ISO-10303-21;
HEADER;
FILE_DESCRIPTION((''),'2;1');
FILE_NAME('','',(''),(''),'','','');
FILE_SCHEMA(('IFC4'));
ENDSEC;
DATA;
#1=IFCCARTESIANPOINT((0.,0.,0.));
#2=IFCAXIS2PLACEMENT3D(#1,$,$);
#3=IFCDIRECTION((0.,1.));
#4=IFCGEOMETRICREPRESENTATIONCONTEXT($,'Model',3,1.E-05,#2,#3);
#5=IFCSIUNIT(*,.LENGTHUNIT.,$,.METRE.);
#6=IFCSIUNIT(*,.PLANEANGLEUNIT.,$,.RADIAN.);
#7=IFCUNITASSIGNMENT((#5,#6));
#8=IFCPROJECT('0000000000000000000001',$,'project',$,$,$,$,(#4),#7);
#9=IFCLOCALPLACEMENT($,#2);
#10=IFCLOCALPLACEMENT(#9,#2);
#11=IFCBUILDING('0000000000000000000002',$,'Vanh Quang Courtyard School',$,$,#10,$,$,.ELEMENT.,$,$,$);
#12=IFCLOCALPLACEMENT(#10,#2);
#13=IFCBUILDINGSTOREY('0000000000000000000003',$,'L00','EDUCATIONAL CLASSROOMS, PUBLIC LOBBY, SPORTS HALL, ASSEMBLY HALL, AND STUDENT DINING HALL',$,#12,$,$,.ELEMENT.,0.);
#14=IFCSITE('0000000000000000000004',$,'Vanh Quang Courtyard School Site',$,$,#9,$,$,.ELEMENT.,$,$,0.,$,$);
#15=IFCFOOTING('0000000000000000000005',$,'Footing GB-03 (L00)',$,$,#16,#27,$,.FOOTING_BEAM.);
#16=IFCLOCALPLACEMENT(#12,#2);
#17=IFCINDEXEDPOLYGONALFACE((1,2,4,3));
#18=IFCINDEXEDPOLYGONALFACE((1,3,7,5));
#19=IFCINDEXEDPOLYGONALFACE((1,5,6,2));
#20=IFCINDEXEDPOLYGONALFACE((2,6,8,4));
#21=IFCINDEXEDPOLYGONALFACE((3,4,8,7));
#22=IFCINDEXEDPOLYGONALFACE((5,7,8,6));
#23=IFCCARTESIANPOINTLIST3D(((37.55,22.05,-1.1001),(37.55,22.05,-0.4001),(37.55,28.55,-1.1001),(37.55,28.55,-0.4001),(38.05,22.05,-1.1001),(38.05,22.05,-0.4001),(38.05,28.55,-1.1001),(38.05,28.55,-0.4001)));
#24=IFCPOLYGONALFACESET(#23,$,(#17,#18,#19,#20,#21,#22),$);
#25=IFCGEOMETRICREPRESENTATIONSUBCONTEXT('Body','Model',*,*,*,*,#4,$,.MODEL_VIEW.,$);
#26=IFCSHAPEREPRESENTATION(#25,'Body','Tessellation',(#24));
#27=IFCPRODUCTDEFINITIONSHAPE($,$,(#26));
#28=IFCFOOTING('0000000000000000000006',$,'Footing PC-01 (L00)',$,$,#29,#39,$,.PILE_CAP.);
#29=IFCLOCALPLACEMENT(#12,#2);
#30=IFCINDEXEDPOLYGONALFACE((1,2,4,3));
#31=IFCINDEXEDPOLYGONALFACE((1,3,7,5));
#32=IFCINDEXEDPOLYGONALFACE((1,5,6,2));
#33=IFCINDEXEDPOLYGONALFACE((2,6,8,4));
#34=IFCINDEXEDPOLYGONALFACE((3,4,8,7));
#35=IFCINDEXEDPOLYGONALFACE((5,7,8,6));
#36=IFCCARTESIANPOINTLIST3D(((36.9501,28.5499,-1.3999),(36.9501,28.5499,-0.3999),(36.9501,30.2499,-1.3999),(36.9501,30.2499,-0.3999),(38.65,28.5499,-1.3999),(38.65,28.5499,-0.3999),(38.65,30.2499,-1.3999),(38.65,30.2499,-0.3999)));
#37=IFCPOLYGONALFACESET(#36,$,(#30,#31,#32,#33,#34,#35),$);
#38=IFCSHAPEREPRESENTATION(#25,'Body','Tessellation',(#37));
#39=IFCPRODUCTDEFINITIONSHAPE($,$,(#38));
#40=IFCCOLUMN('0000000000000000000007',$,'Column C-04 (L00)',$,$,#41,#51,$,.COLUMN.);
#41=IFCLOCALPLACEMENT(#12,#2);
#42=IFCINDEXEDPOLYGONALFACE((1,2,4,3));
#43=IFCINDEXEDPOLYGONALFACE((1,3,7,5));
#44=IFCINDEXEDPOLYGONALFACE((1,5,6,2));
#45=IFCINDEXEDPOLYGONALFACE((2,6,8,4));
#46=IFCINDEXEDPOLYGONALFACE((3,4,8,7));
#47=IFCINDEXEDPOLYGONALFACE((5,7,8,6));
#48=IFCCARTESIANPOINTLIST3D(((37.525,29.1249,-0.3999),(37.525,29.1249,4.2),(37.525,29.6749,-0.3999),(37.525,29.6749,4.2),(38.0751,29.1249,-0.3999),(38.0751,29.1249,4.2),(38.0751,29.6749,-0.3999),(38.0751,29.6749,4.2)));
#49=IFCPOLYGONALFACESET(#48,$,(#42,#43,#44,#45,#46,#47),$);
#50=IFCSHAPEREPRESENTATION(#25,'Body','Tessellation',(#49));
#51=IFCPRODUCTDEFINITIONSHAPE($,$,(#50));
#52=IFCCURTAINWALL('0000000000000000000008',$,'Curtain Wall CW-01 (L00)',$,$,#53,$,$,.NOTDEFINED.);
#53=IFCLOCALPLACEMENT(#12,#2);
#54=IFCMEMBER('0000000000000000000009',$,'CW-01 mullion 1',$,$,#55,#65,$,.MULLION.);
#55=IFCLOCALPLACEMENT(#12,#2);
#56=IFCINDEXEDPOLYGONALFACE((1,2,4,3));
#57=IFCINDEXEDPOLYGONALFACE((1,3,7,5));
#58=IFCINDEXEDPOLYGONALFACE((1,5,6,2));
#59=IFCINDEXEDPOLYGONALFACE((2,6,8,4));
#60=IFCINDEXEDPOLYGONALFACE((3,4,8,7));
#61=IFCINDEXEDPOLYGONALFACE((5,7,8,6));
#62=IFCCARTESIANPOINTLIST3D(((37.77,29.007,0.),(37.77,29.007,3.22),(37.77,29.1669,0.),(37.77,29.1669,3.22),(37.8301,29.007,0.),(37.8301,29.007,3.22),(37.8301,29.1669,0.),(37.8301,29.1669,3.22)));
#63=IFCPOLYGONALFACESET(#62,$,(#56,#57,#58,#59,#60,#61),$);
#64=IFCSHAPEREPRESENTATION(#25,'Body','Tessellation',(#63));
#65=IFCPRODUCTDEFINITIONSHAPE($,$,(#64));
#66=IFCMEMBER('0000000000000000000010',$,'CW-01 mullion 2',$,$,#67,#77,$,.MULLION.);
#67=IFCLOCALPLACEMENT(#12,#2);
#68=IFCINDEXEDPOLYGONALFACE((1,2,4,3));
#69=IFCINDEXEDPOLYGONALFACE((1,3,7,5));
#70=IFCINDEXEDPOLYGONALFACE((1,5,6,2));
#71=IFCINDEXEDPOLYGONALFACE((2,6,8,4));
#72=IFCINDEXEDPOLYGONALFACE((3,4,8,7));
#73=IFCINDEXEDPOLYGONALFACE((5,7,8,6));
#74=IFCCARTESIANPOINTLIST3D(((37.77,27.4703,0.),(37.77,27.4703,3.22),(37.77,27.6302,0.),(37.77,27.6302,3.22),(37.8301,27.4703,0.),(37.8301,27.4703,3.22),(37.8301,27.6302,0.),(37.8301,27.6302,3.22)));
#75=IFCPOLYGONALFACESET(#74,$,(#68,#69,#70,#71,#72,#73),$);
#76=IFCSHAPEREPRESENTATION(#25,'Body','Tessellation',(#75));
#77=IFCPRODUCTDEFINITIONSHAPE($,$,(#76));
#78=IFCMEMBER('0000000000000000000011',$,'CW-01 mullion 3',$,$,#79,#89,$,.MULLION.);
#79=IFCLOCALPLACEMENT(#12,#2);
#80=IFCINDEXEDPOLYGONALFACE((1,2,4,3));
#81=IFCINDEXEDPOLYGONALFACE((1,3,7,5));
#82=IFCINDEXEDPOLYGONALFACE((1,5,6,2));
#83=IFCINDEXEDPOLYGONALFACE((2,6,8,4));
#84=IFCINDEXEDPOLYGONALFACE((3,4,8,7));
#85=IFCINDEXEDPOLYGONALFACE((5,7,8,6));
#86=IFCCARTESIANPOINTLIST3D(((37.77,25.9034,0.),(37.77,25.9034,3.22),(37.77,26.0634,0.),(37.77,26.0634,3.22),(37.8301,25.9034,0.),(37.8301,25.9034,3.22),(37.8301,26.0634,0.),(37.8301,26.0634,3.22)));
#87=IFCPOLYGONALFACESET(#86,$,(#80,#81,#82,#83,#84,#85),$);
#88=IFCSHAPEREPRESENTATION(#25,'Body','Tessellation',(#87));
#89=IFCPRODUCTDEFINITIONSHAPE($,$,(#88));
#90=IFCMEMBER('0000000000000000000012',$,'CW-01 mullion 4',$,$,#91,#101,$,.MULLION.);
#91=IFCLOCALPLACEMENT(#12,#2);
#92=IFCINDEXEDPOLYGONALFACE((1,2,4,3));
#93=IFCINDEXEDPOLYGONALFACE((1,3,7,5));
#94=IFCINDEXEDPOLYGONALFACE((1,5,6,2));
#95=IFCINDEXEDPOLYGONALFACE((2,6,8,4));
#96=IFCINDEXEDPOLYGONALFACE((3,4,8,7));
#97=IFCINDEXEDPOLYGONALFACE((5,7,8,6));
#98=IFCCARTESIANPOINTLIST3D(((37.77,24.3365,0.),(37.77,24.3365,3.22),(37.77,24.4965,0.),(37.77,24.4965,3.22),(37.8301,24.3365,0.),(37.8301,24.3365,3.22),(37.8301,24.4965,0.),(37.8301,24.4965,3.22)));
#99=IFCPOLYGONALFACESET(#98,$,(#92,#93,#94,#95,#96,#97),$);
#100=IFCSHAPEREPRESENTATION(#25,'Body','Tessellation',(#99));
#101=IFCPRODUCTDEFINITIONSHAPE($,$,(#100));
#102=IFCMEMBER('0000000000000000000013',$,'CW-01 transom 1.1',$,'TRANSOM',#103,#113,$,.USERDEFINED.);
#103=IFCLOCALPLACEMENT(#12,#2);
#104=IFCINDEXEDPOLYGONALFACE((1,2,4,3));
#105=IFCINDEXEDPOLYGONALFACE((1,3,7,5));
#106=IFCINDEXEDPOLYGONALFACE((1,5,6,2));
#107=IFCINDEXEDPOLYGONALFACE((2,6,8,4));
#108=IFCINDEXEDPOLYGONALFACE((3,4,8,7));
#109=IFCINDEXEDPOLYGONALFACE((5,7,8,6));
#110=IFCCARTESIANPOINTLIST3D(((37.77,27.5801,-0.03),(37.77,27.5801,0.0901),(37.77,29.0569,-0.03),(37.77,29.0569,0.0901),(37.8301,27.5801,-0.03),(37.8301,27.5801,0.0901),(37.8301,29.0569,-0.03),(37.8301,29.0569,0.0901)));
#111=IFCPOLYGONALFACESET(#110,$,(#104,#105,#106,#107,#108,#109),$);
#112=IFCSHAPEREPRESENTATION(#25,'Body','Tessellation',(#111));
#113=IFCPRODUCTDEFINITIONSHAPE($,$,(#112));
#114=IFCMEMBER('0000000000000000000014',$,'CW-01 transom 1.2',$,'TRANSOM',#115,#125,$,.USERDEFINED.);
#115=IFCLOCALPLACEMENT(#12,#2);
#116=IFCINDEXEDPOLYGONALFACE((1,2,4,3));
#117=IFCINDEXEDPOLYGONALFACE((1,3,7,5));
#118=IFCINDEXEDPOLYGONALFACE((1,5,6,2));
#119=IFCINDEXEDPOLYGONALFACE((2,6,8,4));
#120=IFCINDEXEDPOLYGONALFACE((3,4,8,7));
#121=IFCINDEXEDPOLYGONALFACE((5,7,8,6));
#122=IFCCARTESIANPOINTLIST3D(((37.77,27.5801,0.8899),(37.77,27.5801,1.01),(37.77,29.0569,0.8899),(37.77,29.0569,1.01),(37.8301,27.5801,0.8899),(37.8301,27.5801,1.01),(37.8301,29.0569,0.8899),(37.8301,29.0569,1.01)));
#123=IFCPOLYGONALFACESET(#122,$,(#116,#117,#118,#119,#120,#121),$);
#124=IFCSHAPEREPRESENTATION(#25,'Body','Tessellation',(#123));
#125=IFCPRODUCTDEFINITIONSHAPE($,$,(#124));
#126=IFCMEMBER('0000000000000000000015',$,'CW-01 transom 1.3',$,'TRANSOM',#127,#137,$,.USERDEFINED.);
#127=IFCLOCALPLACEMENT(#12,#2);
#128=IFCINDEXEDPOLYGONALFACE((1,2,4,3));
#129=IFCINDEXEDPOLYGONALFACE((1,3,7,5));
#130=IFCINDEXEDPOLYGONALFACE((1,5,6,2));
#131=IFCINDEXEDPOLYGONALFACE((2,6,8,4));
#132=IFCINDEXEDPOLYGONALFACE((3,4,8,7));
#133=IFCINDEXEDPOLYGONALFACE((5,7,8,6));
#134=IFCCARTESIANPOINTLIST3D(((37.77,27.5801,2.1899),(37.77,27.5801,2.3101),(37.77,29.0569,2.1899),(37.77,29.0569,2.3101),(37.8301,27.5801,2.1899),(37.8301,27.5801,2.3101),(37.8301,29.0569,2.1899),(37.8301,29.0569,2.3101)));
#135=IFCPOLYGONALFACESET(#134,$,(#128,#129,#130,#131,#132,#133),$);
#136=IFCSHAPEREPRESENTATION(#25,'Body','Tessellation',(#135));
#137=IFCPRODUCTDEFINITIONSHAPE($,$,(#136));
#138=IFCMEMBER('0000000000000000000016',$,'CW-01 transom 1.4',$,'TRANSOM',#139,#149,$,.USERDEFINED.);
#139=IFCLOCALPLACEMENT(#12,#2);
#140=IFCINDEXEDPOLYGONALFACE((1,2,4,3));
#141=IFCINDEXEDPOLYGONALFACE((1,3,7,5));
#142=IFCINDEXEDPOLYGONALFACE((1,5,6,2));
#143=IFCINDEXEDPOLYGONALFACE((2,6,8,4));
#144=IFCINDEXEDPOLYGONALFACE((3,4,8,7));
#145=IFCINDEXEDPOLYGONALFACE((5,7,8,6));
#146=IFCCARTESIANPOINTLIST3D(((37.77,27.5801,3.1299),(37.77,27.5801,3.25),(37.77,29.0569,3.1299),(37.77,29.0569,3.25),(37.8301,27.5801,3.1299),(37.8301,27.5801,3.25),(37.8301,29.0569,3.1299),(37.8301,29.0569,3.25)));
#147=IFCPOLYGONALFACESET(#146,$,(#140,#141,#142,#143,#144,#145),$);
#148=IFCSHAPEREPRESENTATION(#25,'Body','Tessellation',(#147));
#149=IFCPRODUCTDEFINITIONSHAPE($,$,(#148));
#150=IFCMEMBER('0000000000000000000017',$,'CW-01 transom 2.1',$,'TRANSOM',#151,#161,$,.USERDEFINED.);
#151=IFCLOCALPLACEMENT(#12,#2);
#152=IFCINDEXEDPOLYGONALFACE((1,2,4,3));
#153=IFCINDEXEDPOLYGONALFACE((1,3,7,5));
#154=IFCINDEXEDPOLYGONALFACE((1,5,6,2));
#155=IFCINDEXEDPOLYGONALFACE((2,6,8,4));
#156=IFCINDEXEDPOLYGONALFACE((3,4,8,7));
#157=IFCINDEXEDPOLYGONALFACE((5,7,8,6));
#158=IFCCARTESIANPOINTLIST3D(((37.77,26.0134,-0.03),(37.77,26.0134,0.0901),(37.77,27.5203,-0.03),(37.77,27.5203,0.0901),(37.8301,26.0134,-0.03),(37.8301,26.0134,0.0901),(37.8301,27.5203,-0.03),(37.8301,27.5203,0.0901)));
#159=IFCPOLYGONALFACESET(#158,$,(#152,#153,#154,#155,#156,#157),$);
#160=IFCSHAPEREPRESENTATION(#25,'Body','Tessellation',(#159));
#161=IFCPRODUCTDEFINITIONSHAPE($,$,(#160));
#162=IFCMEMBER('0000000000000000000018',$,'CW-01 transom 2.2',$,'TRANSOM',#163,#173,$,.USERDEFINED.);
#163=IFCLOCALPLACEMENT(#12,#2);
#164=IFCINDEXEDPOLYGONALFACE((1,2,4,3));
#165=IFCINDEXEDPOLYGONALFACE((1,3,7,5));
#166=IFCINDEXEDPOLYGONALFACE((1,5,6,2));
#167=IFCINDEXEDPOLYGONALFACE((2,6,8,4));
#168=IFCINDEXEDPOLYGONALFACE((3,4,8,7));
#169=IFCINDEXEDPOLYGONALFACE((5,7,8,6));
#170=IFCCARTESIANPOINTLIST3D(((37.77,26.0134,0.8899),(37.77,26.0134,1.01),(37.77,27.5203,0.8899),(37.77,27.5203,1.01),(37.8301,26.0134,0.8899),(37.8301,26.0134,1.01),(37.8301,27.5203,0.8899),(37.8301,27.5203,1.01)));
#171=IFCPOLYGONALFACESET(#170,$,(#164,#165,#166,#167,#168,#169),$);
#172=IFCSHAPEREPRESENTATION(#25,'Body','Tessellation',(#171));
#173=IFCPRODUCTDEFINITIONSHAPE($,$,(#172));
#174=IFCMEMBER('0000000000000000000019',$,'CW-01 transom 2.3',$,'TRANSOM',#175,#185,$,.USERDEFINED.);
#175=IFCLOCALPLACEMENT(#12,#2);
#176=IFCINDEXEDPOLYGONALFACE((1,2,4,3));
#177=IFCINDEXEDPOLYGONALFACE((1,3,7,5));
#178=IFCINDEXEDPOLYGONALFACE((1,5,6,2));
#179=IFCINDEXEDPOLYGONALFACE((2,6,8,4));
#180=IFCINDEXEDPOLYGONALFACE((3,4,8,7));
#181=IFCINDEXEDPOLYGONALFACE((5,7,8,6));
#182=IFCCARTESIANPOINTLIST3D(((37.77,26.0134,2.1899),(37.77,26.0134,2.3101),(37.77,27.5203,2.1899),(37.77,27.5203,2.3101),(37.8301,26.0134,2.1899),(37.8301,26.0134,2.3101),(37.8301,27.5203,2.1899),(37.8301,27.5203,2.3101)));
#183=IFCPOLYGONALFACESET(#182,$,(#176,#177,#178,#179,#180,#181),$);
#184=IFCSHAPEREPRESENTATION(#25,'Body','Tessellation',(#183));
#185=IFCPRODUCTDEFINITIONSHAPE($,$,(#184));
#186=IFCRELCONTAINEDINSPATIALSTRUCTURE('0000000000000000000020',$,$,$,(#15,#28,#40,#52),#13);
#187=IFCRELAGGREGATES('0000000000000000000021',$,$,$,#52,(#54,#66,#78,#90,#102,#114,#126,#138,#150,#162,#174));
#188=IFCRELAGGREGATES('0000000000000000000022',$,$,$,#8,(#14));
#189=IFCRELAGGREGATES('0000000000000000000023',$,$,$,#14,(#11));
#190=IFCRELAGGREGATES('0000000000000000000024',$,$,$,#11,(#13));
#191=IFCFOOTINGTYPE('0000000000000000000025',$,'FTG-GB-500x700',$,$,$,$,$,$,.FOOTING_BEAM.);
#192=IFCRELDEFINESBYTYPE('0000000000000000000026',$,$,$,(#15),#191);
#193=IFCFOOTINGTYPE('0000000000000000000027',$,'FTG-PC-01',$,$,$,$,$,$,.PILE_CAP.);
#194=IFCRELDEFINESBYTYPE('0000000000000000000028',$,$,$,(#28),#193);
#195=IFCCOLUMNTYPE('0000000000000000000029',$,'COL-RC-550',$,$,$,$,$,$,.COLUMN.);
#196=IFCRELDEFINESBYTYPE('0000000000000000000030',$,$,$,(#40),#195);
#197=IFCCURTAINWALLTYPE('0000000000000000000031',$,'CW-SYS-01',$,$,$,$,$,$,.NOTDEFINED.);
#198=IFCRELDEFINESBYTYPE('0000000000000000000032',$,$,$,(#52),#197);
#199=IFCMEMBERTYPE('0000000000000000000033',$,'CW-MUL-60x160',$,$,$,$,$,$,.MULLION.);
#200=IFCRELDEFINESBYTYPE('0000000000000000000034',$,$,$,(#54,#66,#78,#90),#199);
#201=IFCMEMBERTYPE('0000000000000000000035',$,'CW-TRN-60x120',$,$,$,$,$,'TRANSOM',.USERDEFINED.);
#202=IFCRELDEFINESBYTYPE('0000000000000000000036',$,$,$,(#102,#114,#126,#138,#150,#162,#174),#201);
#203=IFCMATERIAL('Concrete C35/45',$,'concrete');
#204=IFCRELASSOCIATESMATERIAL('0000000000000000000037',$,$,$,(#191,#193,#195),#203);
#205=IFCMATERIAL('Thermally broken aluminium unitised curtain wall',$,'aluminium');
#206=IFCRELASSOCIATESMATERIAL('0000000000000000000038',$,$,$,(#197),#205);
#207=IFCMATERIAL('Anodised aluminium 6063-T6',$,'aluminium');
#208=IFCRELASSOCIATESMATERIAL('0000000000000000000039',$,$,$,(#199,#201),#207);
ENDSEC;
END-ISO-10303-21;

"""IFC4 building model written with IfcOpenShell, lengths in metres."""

from ifc_helpers import new_model, si_unit, direction, frame, origin, origin_2d, place, context, subcontext, project, spatial, rectangle, extrude, material, material_profile, profile_set, type_object, element, aggregate, save


model = new_model("IFC4")

# Units and contexts
model_context = context("Model", 3, precision=1e-05, world=origin(), true_north=direction((0.0, 1.0)))
body_context = subcontext(model_context, "Body", "Model", "MODEL_VIEW")
ifc_project = project(units=[si_unit("LENGTHUNIT", "METRE"), si_unit("PLANEANGLEUNIT", "RADIAN")], contexts=[model_context])

# Site, building, storey
site_placement = place(None, origin())
site = spatial("IfcSite", under=ifc_project, at=site_placement, Name="Vanh Quang Courtyard School Site", CompositionType="ELEMENT", RefElevation=0.0)
building_placement = place(site_placement, origin())
building = spatial("IfcBuilding", under=site, at=building_placement, Name="Vanh Quang Courtyard School", CompositionType="ELEMENT")
storey_placement = place(building_placement, origin())
storey = spatial("IfcBuildingStorey", under=building, at=storey_placement, Name="L00", Description="EDUCATIONAL CLASSROOMS, PUBLIC LOBBY, SPORTS HALL, ASSEMBLY HALL, AND STUDENT DINING HALL", CompositionType="ELEMENT", Elevation=0.0)

# Footings
ifc_material_1 = material(Name="Concrete C35/45", Category="concrete")
footing_type_1 = type_object("IfcFootingType", Name="FTG-GB-500x700", PredefinedType="FOOTING_BEAM", material=ifc_material_1)
footing_1_placement = place(storey_placement, frame((37.8, 25.3, -1.1001), z_axis=(0.0, 0.0, 1.0), x_axis=(0.0, 1.0, 0.0)))
element("IfcFooting", 1, at=footing_1_placement, inside=storey, type_object=footing_type_1, Name="Footing GB-03 (L00)", PredefinedType="FOOTING_BEAM", context=body_context, shape_type="SweptSolid", body=[
    extrude(rectangle(XDim=6.5, YDim=0.5, at=origin_2d()), origin(), (0.0, 0.0, 1.0), 0.7),
])
footing_type_2 = type_object("IfcFootingType", Name="FTG-PC-01", PredefinedType="PILE_CAP", material=ifc_material_1)
footing_2_placement = place(storey_placement, frame((37.8, 29.3999, -1.3999), z_axis=(0.0, 0.0, 1.0), x_axis=(1.0, 0.0, 0.0)))
element("IfcFooting", 2, at=footing_2_placement, inside=storey, type_object=footing_type_2, Name="Footing PC-01 (L00)", PredefinedType="PILE_CAP", context=body_context, shape_type="SweptSolid", body=[
    extrude(rectangle(XDim=1.7, YDim=1.7, at=origin_2d()), origin(), (0.0, 0.0, 1.0), 1.0),
])

# Column
ifc_material_profile_1 = material_profile(ifc_material_1, rectangle(XDim=0.55, YDim=0.55, at=origin_2d()), Name="RC-COL 550x550")
ifc_profile_set_1 = profile_set([ifc_material_profile_1], Name="Concrete C35/45")
column_type = type_object("IfcColumnType", Name="COL-RC-550", PredefinedType="COLUMN", material=ifc_profile_set_1)
column_placement = place(storey_placement, frame((37.8, 29.3999, -0.3999), z_axis=(0.0, 0.0, 1.0), x_axis=(1.0, 0.0, 0.0)))
element("IfcColumn", 3, at=column_placement, inside=storey, type_object=column_type, Name="Column C-04 (L00)", PredefinedType="COLUMN", context=body_context, shape_type="SweptSolid", body=[
    extrude(rectangle(XDim=0.55, YDim=0.55, at=origin_2d()), origin(), (0.0, 0.0, 1.0), 4.5999),
])

# Curtain wall, members
ifc_material_2 = material(Name="Thermally broken aluminium unitised curtain wall", Category="aluminium")
curtain_wall_type = type_object("IfcCurtainWallType", Name="CW-SYS-01", PredefinedType="NOTDEFINED", material=ifc_material_2)
curtain_wall_placement = place(storey_placement, origin())
curtain_wall = element("IfcCurtainWall", 4, at=curtain_wall_placement, inside=storey, type_object=curtain_wall_type, Name="Curtain Wall CW-01 (L00)", PredefinedType="NOTDEFINED")
ifc_material_3 = material(Name="Anodised aluminium 6063-T6", Category="aluminium")
ifc_material_profile_2 = material_profile(ifc_material_3, rectangle(XDim=0.0601, YDim=0.1599, at=origin_2d()), Name="ALU-MUL 60x160")
ifc_profile_set_2 = profile_set([ifc_material_profile_2], Name="Anodised aluminium 6063-T6")
member_type_1 = type_object("IfcMemberType", Name="CW-MUL-60x160", PredefinedType="MULLION", material=ifc_profile_set_2)
member_1_placement = place(storey_placement, frame((37.8, 29.0869, 0.0), z_axis=(0.0, 0.0, 1.0), x_axis=(1.0, 0.0, 0.0)))
member_1 = element("IfcMember", 5, at=member_1_placement, type_object=member_type_1, Name="CW-01 mullion 1", PredefinedType="MULLION", context=body_context, shape_type="SweptSolid", body=[
    extrude(rectangle(XDim=0.0601, YDim=0.1599, at=origin_2d()), origin(), (0.0, 0.0, 1.0), 3.22),
])
member_2_placement = place(storey_placement, frame((37.8, 27.5503, 0.0), z_axis=(0.0, 0.0, 1.0), x_axis=(1.0, 0.0, 0.0)))
member_2 = element("IfcMember", 6, at=member_2_placement, type_object=member_type_1, Name="CW-01 mullion 2", PredefinedType="MULLION", context=body_context, shape_type="SweptSolid", body=[
    extrude(rectangle(XDim=0.0601, YDim=0.1599, at=origin_2d()), origin(), (0.0, 0.0, 1.0), 3.22),
])
member_3_placement = place(storey_placement, frame((37.8, 25.9834, 0.0), z_axis=(0.0, 0.0, 1.0), x_axis=(1.0, 0.0, 0.0)))
member_3 = element("IfcMember", 7, at=member_3_placement, type_object=member_type_1, Name="CW-01 mullion 3", PredefinedType="MULLION", context=body_context, shape_type="SweptSolid", body=[
    extrude(rectangle(XDim=0.0601, YDim=0.1599, at=origin_2d()), origin(), (0.0, 0.0, 1.0), 3.22),
])
member_4_placement = place(storey_placement, frame((37.8, 24.4165, 0.0), z_axis=(0.0, 0.0, 1.0), x_axis=(1.0, 0.0, 0.0)))
member_4 = element("IfcMember", 8, at=member_4_placement, type_object=member_type_1, Name="CW-01 mullion 4", PredefinedType="MULLION", context=body_context, shape_type="SweptSolid", body=[
    extrude(rectangle(XDim=0.0601, YDim=0.1599, at=origin_2d()), origin(), (0.0, 0.0, 1.0), 3.22),
])
ifc_material_profile_3 = material_profile(ifc_material_3, rectangle(XDim=0.0601, YDim=0.1201, at=origin_2d()), Name="ALU-TRN 60x120")
ifc_profile_set_3 = profile_set([ifc_material_profile_3], Name="Anodised aluminium 6063-T6")
member_type_2 = type_object("IfcMemberType", Name="CW-TRN-60x120", ElementType="TRANSOM", PredefinedType="USERDEFINED", material=ifc_profile_set_3)
member_5_placement = place(storey_placement, frame((37.8, 29.0569, 0.03), z_axis=(0.0, -1.0, 0.0), x_axis=(1.0, 0.0, 0.0)))
member_5 = element("IfcMember", 9, at=member_5_placement, type_object=member_type_2, Name="CW-01 transom 1.1", ObjectType="TRANSOM", PredefinedType="USERDEFINED", context=body_context, shape_type="SweptSolid", body=[
    extrude(rectangle(XDim=0.0601, YDim=0.1201, at=origin_2d()), origin(), (0.0, 0.0, 1.0), 1.4768),
])
member_6_placement = place(storey_placement, frame((37.8, 29.0569, 0.95), z_axis=(0.0, -1.0, 0.0), x_axis=(1.0, 0.0, 0.0)))
member_6 = element("IfcMember", 10, at=member_6_placement, type_object=member_type_2, Name="CW-01 transom 1.2", ObjectType="TRANSOM", PredefinedType="USERDEFINED", context=body_context, shape_type="SweptSolid", body=[
    extrude(rectangle(XDim=0.0601, YDim=0.1201, at=origin_2d()), origin(), (0.0, 0.0, 1.0), 1.4768),
])
member_7_placement = place(storey_placement, frame((37.8, 29.0569, 2.25), z_axis=(0.0, -1.0, 0.0), x_axis=(1.0, 0.0, 0.0)))
member_7 = element("IfcMember", 11, at=member_7_placement, type_object=member_type_2, Name="CW-01 transom 1.3", ObjectType="TRANSOM", PredefinedType="USERDEFINED", context=body_context, shape_type="SweptSolid", body=[
    extrude(rectangle(XDim=0.0601, YDim=0.1201, at=origin_2d()), origin(), (0.0, 0.0, 1.0), 1.4768),
])
member_8_placement = place(storey_placement, frame((37.8, 29.0569, 3.1899), z_axis=(0.0, -1.0, 0.0), x_axis=(1.0, 0.0, 0.0)))
member_8 = element("IfcMember", 12, at=member_8_placement, type_object=member_type_2, Name="CW-01 transom 1.4", ObjectType="TRANSOM", PredefinedType="USERDEFINED", context=body_context, shape_type="SweptSolid", body=[
    extrude(rectangle(XDim=0.0601, YDim=0.1201, at=origin_2d()), origin(), (0.0, 0.0, 1.0), 1.4768),
])
member_9_placement = place(storey_placement, frame((37.8, 27.5203, 0.03), z_axis=(0.0, -1.0, 0.0), x_axis=(1.0, 0.0, 0.0)))
member_9 = element("IfcMember", 13, at=member_9_placement, type_object=member_type_2, Name="CW-01 transom 2.1", ObjectType="TRANSOM", PredefinedType="USERDEFINED", context=body_context, shape_type="SweptSolid", body=[
    extrude(rectangle(XDim=0.0601, YDim=0.1201, at=origin_2d()), origin(), (0.0, 0.0, 1.0), 1.5068),
])
member_10_placement = place(storey_placement, frame((37.8, 27.5203, 0.95), z_axis=(0.0, -1.0, 0.0), x_axis=(1.0, 0.0, 0.0)))
member_10 = element("IfcMember", 14, at=member_10_placement, type_object=member_type_2, Name="CW-01 transom 2.2", ObjectType="TRANSOM", PredefinedType="USERDEFINED", context=body_context, shape_type="SweptSolid", body=[
    extrude(rectangle(XDim=0.0601, YDim=0.1201, at=origin_2d()), origin(), (0.0, 0.0, 1.0), 1.5068),
])
member_11_placement = place(storey_placement, frame((37.8, 27.5203, 2.25), z_axis=(0.0, -1.0, 0.0), x_axis=(1.0, 0.0, 0.0)))
member_11 = element("IfcMember", 15, at=member_11_placement, type_object=member_type_2, Name="CW-01 transom 2.3", ObjectType="TRANSOM", PredefinedType="USERDEFINED", context=body_context, shape_type="SweptSolid", body=[
    extrude(rectangle(XDim=0.0601, YDim=0.1201, at=origin_2d()), origin(), (0.0, 0.0, 1.0), 1.5068),
])
aggregate(curtain_wall, [member_1, member_2, member_3, member_4, member_5, member_6, member_7, member_8, member_9, member_10, member_11])

save(model, "model.ifc")
